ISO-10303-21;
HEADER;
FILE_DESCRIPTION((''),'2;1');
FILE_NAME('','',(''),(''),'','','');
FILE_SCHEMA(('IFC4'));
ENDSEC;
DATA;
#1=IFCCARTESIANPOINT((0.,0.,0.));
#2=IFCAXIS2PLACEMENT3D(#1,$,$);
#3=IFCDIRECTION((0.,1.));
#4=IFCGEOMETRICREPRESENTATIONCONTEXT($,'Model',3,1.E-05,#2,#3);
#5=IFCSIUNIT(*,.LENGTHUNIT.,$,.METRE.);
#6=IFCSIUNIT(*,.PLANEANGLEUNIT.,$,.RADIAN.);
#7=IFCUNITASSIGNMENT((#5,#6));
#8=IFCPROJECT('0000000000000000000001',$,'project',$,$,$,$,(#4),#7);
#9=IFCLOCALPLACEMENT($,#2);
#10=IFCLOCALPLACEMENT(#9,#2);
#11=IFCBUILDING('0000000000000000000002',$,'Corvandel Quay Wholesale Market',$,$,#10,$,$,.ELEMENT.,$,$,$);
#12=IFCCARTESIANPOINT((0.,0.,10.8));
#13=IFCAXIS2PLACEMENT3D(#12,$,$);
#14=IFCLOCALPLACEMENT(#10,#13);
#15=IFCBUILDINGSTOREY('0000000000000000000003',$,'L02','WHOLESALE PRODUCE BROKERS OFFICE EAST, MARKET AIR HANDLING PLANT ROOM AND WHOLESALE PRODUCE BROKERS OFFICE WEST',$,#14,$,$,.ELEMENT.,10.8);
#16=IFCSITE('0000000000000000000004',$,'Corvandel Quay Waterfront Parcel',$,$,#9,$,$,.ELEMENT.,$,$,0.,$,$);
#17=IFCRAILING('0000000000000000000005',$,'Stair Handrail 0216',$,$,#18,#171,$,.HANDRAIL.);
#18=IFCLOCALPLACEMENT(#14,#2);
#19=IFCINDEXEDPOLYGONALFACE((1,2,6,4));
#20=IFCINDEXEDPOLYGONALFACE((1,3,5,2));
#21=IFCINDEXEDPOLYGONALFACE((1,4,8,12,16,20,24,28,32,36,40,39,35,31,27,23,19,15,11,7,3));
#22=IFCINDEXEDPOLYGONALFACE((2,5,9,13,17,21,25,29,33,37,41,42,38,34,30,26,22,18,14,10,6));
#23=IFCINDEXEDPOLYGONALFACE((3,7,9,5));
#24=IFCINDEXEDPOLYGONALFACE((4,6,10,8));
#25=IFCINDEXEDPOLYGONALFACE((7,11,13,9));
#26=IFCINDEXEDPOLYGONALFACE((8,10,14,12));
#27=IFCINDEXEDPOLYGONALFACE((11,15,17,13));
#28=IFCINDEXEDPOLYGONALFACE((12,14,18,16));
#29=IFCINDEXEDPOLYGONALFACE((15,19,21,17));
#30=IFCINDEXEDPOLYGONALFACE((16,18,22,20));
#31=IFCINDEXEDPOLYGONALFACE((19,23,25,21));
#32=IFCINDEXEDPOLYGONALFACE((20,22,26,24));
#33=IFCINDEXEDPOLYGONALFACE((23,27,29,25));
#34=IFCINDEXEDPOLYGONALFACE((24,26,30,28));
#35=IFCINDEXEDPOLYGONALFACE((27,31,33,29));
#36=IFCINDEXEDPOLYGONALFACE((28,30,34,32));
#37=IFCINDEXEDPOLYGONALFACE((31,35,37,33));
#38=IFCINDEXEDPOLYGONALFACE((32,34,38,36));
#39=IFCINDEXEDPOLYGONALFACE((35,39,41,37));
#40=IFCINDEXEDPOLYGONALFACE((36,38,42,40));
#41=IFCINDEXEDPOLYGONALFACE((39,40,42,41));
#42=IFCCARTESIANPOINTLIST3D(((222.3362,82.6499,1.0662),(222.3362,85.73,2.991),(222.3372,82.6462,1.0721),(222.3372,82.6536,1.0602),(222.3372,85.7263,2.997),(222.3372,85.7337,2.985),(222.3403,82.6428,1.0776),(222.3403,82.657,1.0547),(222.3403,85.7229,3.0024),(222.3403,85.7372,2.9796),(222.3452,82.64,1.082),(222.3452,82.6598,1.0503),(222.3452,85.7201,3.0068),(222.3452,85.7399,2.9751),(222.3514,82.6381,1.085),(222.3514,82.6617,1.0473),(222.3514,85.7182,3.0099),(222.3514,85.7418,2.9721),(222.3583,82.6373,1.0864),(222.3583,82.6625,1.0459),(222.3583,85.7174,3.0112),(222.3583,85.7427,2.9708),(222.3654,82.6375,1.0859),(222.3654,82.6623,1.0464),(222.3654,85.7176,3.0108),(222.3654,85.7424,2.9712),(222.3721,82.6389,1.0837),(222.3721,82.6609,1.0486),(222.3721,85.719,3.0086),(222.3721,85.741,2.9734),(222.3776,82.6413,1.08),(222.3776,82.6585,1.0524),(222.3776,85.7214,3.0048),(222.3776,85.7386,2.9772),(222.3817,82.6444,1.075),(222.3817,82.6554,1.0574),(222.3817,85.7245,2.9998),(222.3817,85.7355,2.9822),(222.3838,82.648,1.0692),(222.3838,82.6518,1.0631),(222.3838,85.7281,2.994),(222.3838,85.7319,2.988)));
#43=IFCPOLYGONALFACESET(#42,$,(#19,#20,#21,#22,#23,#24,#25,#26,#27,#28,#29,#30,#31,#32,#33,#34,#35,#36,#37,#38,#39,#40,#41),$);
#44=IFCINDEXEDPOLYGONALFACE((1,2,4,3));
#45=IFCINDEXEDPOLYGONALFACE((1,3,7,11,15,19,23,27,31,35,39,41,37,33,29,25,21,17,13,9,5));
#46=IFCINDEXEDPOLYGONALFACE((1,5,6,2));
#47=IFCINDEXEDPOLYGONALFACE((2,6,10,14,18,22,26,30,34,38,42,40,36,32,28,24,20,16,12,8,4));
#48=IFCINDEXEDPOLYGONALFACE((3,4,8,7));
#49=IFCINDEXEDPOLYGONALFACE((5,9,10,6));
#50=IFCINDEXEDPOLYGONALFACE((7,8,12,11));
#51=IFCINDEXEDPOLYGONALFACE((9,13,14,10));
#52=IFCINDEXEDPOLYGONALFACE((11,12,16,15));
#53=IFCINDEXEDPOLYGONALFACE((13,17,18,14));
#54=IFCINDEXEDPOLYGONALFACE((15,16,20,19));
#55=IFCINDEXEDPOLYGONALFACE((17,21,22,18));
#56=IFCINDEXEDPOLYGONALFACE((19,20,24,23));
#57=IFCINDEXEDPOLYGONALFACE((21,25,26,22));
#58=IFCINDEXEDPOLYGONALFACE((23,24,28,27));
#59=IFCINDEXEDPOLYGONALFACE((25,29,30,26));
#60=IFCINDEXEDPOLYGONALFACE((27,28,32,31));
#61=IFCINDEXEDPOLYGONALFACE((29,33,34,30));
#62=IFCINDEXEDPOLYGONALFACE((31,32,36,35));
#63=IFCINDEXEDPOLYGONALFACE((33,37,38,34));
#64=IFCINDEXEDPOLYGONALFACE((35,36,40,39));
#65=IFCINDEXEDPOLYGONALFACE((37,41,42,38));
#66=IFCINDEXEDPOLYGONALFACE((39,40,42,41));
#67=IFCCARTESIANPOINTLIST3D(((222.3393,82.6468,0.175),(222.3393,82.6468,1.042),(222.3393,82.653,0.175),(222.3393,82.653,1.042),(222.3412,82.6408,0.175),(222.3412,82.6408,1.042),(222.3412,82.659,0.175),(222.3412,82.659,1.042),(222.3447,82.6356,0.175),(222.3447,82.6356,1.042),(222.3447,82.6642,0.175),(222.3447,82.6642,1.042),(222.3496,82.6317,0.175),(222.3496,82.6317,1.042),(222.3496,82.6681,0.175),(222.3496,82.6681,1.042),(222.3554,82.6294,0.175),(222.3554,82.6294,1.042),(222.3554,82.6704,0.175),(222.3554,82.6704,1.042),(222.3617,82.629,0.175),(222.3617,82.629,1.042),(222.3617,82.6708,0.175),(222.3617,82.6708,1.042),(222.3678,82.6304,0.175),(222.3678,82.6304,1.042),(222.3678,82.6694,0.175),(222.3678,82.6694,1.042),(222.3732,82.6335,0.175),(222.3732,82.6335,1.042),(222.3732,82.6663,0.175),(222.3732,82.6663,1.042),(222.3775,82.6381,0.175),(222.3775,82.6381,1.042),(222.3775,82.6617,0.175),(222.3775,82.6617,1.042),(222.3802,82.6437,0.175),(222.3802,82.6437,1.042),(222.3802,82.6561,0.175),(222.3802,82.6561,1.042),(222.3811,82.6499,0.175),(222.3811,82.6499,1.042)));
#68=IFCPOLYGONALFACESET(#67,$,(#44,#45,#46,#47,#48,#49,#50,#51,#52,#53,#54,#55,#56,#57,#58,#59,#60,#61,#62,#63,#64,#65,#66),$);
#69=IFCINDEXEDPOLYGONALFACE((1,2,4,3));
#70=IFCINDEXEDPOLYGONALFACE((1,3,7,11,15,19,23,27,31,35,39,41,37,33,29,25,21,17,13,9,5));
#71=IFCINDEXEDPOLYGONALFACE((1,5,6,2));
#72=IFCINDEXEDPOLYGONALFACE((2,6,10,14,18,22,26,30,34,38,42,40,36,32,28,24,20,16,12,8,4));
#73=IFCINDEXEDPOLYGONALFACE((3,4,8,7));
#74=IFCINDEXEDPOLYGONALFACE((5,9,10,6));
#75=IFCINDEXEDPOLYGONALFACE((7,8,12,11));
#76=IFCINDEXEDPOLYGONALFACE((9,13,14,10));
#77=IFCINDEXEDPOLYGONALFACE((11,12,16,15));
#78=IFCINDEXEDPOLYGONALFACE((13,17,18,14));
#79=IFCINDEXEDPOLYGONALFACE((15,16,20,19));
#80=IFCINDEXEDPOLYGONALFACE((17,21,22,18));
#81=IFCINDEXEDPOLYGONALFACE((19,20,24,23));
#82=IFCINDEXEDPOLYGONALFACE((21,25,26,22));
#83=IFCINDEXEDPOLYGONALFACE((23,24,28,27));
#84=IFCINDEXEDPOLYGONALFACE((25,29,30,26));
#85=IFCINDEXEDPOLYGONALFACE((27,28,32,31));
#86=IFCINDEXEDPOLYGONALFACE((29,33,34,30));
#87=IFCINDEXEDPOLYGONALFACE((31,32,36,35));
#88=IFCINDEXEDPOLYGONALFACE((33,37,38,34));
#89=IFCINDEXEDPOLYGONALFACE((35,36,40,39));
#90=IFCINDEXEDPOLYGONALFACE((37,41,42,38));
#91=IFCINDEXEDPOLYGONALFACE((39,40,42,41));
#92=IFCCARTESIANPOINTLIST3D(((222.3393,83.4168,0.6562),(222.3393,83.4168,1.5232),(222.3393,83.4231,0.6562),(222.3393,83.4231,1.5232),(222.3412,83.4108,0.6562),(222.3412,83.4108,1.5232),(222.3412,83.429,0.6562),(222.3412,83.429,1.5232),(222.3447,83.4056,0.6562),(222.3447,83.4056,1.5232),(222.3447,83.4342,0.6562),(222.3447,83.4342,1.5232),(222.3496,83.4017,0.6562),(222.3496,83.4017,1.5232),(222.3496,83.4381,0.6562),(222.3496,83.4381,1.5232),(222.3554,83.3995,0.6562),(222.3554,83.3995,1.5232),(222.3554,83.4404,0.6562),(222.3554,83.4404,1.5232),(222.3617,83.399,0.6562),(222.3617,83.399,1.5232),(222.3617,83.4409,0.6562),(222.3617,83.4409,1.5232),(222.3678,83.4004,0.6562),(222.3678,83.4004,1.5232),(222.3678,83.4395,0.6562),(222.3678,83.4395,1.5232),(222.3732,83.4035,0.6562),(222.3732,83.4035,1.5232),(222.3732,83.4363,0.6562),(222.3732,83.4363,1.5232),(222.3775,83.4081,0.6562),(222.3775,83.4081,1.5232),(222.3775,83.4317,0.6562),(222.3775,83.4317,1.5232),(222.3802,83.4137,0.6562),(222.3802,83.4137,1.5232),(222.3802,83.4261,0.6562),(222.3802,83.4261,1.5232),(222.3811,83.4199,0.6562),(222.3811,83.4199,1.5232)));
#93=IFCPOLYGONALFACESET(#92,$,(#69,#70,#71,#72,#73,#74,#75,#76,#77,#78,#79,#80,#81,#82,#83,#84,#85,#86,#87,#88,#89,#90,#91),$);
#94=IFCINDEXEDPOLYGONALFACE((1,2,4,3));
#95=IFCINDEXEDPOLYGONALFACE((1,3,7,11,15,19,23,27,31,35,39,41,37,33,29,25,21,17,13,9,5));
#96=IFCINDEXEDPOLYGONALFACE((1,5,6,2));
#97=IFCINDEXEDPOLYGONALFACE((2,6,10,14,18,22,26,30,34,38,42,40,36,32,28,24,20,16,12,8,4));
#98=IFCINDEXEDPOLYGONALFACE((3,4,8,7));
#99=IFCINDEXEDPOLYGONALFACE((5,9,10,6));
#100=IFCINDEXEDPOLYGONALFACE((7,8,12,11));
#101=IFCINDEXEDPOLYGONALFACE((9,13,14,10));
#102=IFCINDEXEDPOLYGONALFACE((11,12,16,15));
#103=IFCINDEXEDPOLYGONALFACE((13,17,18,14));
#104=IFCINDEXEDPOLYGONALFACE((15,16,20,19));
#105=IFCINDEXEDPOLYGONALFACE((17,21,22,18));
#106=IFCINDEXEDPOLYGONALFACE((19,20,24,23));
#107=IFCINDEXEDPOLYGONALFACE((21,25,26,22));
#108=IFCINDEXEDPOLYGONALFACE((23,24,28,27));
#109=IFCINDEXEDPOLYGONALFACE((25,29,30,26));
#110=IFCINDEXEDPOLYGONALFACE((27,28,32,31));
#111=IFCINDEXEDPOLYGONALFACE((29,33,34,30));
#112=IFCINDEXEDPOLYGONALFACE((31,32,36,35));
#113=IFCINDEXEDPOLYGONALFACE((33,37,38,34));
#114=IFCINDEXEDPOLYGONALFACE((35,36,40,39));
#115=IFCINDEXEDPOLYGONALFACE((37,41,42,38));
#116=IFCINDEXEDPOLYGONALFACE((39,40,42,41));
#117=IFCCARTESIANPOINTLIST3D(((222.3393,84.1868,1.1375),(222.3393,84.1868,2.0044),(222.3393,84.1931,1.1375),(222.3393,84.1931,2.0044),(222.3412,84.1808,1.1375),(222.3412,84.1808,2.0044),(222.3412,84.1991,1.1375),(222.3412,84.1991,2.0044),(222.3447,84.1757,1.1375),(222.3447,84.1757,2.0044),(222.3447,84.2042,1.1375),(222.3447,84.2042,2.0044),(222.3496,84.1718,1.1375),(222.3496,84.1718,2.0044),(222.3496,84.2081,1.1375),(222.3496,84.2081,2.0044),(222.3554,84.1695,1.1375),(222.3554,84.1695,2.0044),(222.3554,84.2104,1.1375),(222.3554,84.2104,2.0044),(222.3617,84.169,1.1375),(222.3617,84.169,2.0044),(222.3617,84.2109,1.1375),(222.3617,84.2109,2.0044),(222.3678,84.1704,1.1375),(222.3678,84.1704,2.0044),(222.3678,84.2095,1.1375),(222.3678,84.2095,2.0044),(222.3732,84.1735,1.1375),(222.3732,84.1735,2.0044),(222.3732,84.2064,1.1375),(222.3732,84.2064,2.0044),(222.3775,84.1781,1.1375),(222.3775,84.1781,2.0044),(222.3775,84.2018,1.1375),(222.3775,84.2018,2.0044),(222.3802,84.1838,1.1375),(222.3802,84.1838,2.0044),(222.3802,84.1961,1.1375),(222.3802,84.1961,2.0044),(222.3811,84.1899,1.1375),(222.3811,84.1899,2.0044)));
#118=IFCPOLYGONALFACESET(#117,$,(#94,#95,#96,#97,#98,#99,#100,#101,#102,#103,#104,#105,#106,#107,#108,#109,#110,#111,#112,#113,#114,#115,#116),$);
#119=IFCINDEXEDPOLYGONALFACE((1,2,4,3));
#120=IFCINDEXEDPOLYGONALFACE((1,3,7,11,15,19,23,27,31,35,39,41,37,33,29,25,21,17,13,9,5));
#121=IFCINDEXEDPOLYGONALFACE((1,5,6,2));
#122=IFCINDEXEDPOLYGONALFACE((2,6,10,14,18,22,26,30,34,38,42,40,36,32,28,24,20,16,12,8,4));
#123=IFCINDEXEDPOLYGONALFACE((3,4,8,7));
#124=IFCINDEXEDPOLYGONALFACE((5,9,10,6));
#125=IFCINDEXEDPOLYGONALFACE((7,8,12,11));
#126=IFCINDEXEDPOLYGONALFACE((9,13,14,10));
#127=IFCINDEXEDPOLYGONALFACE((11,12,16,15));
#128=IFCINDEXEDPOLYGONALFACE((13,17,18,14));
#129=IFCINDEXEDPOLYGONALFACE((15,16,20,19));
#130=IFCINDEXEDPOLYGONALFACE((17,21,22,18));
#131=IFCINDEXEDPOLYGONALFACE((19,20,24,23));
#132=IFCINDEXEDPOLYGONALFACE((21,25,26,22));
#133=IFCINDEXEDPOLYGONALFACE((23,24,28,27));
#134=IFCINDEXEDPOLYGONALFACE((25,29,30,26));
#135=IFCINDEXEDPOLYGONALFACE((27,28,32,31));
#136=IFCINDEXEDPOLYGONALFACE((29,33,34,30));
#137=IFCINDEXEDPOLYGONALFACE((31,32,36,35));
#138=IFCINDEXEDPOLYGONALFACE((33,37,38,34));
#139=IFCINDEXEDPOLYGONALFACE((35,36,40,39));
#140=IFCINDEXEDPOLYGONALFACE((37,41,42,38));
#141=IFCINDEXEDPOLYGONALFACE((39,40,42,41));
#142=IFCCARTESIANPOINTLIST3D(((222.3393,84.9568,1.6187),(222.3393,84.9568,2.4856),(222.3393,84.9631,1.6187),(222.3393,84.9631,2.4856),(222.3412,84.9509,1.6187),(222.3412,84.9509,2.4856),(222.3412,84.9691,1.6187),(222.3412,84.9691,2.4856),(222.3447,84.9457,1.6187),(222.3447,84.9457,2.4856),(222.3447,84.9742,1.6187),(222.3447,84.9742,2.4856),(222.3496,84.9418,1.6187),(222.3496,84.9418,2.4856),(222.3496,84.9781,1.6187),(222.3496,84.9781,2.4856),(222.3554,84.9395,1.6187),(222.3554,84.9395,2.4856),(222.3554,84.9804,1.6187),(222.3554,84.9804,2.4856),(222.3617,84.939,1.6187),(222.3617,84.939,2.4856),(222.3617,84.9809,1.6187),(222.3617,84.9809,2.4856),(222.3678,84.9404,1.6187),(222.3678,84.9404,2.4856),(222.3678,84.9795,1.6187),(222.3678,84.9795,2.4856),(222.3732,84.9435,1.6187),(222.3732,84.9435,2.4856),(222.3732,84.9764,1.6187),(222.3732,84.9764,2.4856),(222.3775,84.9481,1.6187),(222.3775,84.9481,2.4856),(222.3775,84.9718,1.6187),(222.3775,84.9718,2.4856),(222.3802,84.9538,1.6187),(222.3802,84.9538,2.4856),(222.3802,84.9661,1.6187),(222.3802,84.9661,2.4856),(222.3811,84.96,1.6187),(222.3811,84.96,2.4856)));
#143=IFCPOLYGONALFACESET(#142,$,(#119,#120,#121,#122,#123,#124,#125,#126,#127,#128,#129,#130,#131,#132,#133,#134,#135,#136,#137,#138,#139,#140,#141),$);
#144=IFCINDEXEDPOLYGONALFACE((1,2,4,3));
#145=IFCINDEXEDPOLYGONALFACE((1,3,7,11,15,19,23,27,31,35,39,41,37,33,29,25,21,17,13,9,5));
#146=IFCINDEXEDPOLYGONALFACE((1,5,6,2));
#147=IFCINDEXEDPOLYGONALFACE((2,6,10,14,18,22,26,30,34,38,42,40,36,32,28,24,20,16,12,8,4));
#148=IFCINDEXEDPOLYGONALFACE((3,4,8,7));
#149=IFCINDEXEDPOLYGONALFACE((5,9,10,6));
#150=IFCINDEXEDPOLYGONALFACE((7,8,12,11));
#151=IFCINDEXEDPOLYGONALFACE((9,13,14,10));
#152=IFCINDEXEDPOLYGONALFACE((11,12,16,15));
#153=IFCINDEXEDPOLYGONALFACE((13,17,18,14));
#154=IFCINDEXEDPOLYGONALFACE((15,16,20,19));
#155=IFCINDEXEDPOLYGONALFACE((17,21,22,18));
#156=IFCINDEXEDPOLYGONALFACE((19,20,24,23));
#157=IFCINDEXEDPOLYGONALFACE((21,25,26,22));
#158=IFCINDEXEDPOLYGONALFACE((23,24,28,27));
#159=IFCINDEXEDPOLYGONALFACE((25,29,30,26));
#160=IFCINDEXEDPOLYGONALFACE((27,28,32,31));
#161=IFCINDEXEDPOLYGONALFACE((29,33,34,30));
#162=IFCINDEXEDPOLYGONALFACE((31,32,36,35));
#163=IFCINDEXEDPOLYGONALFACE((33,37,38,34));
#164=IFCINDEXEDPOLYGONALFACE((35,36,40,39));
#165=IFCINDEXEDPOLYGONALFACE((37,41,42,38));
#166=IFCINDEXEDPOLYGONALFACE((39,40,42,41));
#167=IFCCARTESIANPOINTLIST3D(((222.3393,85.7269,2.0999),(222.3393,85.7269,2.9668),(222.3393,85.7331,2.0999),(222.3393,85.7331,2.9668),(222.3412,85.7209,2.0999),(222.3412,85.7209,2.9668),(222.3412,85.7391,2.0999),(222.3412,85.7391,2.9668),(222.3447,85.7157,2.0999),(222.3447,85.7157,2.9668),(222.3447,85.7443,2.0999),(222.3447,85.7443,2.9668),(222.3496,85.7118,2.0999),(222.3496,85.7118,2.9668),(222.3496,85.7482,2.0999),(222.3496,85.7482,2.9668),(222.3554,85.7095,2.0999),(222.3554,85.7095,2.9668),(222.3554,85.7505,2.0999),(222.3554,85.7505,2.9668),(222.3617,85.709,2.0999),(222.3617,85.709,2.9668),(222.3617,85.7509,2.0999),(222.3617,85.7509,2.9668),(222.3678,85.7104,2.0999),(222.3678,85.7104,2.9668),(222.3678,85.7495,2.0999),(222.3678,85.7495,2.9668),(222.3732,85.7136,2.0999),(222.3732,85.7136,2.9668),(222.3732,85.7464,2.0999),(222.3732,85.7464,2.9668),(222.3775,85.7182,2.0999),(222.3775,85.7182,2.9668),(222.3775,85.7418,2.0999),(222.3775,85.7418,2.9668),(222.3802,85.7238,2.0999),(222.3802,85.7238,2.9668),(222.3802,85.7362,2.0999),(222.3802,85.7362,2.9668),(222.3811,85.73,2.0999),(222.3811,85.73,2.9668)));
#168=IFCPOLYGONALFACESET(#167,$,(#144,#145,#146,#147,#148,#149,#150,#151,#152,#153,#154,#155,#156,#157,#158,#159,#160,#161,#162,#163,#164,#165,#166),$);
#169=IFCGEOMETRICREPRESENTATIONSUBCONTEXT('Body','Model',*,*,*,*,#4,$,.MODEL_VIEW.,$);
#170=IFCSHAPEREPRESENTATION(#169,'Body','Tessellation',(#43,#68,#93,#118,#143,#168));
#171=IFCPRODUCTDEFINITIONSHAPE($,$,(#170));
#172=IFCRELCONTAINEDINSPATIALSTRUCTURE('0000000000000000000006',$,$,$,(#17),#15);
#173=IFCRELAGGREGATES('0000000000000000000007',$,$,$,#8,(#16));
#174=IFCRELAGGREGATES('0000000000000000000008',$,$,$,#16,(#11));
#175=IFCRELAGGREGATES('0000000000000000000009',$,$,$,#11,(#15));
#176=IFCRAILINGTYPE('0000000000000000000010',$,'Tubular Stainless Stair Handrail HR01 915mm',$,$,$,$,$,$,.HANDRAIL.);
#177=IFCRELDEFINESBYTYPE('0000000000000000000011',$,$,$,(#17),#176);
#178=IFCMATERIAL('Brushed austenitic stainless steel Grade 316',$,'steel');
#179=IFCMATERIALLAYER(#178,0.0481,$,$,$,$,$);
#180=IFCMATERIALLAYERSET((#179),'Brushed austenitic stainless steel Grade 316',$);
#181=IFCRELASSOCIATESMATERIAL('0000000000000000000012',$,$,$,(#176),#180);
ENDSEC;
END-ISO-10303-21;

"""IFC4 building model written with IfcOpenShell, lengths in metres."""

from ifc_helpers import new_model, si_unit, direction, frame, origin, origin_2d, place, context, subcontext, project, spatial, circle, extrude, material, layer, layer_set, type_object, element, save


model = new_model("IFC4")

# Units and contexts
model_context = context("Model", 3, precision=1e-05, world=origin(), true_north=direction((0.0, 1.0)))
body_context = subcontext(model_context, "Body", "Model", "MODEL_VIEW")
ifc_project = project(units=[si_unit("LENGTHUNIT", "METRE"), si_unit("PLANEANGLEUNIT", "RADIAN")], contexts=[model_context])

# Site, building, storey
site_placement = place(None, origin())
site = spatial("IfcSite", under=ifc_project, at=site_placement, Name="Corvandel Quay Waterfront Parcel", CompositionType="ELEMENT", RefElevation=0.0)
building_placement = place(site_placement, origin())
building = spatial("IfcBuilding", under=site, at=building_placement, Name="Corvandel Quay Wholesale Market", CompositionType="ELEMENT")
storey_placement = place(building_placement, frame((0.0, 0.0, 10.8)))
storey = spatial("IfcBuildingStorey", under=building, at=storey_placement, Name="L02", Description="WHOLESALE PRODUCE BROKERS OFFICE EAST, MARKET AIR HANDLING PLANT ROOM AND WHOLESALE PRODUCE BROKERS OFFICE WEST", CompositionType="ELEMENT", Elevation=10.8)

# Railing
ifc_material_1 = material(Name="Brushed austenitic stainless steel Grade 316", Category="steel")
ifc_layer_1 = layer(ifc_material_1, 0.0481)
ifc_layer_set_1 = layer_set([ifc_layer_1], Name="Brushed austenitic stainless steel Grade 316")
railing_type = type_object("IfcRailingType", Name="Tubular Stainless Stair Handrail HR01 915mm", PredefinedType="HANDRAIL", material=ifc_layer_set_1)
for number, where, name in (
    (1, (222.3601, 82.6499, 0.175), "Stair Handrail 0216"),
):
    element("IfcRailing", number, at=place(storey_placement, frame(where)), inside=storey, type_object=railing_type, Name=name, PredefinedType="HANDRAIL", context=body_context, shape_type="SweptSolid", body=[
        extrude(circle(Radius=0.0239, at=origin_2d()), frame((0.0, 0.0, 0.8911), z_axis=(0.0, 0.848029, 0.529951), x_axis=(-1.0, 0.0, 0.0)), (0.0, 0.0, 1.0), 3.6321),
        extrude(circle(Radius=0.021, at=origin_2d()), origin(), (0.0, 0.0, 1.0), 0.8669),
        extrude(circle(Radius=0.021, at=origin_2d()), frame((0.0, 0.77, 0.4812)), (0.0, 0.0, 1.0), 0.8669),
        extrude(circle(Radius=0.021, at=origin_2d()), frame((0.0, 1.54, 0.9624)), (0.0, 0.0, 1.0), 0.8669),
        extrude(circle(Radius=0.021, at=origin_2d()), frame((0.0, 2.3101, 1.4436)), (0.0, 0.0, 1.0), 0.8669),
        extrude(circle(Radius=0.021, at=origin_2d()), frame((0.0, 3.0801, 1.9248)), (0.0, 0.0, 1.0), 0.8669),
    ])

save(model, "model.ifc")
